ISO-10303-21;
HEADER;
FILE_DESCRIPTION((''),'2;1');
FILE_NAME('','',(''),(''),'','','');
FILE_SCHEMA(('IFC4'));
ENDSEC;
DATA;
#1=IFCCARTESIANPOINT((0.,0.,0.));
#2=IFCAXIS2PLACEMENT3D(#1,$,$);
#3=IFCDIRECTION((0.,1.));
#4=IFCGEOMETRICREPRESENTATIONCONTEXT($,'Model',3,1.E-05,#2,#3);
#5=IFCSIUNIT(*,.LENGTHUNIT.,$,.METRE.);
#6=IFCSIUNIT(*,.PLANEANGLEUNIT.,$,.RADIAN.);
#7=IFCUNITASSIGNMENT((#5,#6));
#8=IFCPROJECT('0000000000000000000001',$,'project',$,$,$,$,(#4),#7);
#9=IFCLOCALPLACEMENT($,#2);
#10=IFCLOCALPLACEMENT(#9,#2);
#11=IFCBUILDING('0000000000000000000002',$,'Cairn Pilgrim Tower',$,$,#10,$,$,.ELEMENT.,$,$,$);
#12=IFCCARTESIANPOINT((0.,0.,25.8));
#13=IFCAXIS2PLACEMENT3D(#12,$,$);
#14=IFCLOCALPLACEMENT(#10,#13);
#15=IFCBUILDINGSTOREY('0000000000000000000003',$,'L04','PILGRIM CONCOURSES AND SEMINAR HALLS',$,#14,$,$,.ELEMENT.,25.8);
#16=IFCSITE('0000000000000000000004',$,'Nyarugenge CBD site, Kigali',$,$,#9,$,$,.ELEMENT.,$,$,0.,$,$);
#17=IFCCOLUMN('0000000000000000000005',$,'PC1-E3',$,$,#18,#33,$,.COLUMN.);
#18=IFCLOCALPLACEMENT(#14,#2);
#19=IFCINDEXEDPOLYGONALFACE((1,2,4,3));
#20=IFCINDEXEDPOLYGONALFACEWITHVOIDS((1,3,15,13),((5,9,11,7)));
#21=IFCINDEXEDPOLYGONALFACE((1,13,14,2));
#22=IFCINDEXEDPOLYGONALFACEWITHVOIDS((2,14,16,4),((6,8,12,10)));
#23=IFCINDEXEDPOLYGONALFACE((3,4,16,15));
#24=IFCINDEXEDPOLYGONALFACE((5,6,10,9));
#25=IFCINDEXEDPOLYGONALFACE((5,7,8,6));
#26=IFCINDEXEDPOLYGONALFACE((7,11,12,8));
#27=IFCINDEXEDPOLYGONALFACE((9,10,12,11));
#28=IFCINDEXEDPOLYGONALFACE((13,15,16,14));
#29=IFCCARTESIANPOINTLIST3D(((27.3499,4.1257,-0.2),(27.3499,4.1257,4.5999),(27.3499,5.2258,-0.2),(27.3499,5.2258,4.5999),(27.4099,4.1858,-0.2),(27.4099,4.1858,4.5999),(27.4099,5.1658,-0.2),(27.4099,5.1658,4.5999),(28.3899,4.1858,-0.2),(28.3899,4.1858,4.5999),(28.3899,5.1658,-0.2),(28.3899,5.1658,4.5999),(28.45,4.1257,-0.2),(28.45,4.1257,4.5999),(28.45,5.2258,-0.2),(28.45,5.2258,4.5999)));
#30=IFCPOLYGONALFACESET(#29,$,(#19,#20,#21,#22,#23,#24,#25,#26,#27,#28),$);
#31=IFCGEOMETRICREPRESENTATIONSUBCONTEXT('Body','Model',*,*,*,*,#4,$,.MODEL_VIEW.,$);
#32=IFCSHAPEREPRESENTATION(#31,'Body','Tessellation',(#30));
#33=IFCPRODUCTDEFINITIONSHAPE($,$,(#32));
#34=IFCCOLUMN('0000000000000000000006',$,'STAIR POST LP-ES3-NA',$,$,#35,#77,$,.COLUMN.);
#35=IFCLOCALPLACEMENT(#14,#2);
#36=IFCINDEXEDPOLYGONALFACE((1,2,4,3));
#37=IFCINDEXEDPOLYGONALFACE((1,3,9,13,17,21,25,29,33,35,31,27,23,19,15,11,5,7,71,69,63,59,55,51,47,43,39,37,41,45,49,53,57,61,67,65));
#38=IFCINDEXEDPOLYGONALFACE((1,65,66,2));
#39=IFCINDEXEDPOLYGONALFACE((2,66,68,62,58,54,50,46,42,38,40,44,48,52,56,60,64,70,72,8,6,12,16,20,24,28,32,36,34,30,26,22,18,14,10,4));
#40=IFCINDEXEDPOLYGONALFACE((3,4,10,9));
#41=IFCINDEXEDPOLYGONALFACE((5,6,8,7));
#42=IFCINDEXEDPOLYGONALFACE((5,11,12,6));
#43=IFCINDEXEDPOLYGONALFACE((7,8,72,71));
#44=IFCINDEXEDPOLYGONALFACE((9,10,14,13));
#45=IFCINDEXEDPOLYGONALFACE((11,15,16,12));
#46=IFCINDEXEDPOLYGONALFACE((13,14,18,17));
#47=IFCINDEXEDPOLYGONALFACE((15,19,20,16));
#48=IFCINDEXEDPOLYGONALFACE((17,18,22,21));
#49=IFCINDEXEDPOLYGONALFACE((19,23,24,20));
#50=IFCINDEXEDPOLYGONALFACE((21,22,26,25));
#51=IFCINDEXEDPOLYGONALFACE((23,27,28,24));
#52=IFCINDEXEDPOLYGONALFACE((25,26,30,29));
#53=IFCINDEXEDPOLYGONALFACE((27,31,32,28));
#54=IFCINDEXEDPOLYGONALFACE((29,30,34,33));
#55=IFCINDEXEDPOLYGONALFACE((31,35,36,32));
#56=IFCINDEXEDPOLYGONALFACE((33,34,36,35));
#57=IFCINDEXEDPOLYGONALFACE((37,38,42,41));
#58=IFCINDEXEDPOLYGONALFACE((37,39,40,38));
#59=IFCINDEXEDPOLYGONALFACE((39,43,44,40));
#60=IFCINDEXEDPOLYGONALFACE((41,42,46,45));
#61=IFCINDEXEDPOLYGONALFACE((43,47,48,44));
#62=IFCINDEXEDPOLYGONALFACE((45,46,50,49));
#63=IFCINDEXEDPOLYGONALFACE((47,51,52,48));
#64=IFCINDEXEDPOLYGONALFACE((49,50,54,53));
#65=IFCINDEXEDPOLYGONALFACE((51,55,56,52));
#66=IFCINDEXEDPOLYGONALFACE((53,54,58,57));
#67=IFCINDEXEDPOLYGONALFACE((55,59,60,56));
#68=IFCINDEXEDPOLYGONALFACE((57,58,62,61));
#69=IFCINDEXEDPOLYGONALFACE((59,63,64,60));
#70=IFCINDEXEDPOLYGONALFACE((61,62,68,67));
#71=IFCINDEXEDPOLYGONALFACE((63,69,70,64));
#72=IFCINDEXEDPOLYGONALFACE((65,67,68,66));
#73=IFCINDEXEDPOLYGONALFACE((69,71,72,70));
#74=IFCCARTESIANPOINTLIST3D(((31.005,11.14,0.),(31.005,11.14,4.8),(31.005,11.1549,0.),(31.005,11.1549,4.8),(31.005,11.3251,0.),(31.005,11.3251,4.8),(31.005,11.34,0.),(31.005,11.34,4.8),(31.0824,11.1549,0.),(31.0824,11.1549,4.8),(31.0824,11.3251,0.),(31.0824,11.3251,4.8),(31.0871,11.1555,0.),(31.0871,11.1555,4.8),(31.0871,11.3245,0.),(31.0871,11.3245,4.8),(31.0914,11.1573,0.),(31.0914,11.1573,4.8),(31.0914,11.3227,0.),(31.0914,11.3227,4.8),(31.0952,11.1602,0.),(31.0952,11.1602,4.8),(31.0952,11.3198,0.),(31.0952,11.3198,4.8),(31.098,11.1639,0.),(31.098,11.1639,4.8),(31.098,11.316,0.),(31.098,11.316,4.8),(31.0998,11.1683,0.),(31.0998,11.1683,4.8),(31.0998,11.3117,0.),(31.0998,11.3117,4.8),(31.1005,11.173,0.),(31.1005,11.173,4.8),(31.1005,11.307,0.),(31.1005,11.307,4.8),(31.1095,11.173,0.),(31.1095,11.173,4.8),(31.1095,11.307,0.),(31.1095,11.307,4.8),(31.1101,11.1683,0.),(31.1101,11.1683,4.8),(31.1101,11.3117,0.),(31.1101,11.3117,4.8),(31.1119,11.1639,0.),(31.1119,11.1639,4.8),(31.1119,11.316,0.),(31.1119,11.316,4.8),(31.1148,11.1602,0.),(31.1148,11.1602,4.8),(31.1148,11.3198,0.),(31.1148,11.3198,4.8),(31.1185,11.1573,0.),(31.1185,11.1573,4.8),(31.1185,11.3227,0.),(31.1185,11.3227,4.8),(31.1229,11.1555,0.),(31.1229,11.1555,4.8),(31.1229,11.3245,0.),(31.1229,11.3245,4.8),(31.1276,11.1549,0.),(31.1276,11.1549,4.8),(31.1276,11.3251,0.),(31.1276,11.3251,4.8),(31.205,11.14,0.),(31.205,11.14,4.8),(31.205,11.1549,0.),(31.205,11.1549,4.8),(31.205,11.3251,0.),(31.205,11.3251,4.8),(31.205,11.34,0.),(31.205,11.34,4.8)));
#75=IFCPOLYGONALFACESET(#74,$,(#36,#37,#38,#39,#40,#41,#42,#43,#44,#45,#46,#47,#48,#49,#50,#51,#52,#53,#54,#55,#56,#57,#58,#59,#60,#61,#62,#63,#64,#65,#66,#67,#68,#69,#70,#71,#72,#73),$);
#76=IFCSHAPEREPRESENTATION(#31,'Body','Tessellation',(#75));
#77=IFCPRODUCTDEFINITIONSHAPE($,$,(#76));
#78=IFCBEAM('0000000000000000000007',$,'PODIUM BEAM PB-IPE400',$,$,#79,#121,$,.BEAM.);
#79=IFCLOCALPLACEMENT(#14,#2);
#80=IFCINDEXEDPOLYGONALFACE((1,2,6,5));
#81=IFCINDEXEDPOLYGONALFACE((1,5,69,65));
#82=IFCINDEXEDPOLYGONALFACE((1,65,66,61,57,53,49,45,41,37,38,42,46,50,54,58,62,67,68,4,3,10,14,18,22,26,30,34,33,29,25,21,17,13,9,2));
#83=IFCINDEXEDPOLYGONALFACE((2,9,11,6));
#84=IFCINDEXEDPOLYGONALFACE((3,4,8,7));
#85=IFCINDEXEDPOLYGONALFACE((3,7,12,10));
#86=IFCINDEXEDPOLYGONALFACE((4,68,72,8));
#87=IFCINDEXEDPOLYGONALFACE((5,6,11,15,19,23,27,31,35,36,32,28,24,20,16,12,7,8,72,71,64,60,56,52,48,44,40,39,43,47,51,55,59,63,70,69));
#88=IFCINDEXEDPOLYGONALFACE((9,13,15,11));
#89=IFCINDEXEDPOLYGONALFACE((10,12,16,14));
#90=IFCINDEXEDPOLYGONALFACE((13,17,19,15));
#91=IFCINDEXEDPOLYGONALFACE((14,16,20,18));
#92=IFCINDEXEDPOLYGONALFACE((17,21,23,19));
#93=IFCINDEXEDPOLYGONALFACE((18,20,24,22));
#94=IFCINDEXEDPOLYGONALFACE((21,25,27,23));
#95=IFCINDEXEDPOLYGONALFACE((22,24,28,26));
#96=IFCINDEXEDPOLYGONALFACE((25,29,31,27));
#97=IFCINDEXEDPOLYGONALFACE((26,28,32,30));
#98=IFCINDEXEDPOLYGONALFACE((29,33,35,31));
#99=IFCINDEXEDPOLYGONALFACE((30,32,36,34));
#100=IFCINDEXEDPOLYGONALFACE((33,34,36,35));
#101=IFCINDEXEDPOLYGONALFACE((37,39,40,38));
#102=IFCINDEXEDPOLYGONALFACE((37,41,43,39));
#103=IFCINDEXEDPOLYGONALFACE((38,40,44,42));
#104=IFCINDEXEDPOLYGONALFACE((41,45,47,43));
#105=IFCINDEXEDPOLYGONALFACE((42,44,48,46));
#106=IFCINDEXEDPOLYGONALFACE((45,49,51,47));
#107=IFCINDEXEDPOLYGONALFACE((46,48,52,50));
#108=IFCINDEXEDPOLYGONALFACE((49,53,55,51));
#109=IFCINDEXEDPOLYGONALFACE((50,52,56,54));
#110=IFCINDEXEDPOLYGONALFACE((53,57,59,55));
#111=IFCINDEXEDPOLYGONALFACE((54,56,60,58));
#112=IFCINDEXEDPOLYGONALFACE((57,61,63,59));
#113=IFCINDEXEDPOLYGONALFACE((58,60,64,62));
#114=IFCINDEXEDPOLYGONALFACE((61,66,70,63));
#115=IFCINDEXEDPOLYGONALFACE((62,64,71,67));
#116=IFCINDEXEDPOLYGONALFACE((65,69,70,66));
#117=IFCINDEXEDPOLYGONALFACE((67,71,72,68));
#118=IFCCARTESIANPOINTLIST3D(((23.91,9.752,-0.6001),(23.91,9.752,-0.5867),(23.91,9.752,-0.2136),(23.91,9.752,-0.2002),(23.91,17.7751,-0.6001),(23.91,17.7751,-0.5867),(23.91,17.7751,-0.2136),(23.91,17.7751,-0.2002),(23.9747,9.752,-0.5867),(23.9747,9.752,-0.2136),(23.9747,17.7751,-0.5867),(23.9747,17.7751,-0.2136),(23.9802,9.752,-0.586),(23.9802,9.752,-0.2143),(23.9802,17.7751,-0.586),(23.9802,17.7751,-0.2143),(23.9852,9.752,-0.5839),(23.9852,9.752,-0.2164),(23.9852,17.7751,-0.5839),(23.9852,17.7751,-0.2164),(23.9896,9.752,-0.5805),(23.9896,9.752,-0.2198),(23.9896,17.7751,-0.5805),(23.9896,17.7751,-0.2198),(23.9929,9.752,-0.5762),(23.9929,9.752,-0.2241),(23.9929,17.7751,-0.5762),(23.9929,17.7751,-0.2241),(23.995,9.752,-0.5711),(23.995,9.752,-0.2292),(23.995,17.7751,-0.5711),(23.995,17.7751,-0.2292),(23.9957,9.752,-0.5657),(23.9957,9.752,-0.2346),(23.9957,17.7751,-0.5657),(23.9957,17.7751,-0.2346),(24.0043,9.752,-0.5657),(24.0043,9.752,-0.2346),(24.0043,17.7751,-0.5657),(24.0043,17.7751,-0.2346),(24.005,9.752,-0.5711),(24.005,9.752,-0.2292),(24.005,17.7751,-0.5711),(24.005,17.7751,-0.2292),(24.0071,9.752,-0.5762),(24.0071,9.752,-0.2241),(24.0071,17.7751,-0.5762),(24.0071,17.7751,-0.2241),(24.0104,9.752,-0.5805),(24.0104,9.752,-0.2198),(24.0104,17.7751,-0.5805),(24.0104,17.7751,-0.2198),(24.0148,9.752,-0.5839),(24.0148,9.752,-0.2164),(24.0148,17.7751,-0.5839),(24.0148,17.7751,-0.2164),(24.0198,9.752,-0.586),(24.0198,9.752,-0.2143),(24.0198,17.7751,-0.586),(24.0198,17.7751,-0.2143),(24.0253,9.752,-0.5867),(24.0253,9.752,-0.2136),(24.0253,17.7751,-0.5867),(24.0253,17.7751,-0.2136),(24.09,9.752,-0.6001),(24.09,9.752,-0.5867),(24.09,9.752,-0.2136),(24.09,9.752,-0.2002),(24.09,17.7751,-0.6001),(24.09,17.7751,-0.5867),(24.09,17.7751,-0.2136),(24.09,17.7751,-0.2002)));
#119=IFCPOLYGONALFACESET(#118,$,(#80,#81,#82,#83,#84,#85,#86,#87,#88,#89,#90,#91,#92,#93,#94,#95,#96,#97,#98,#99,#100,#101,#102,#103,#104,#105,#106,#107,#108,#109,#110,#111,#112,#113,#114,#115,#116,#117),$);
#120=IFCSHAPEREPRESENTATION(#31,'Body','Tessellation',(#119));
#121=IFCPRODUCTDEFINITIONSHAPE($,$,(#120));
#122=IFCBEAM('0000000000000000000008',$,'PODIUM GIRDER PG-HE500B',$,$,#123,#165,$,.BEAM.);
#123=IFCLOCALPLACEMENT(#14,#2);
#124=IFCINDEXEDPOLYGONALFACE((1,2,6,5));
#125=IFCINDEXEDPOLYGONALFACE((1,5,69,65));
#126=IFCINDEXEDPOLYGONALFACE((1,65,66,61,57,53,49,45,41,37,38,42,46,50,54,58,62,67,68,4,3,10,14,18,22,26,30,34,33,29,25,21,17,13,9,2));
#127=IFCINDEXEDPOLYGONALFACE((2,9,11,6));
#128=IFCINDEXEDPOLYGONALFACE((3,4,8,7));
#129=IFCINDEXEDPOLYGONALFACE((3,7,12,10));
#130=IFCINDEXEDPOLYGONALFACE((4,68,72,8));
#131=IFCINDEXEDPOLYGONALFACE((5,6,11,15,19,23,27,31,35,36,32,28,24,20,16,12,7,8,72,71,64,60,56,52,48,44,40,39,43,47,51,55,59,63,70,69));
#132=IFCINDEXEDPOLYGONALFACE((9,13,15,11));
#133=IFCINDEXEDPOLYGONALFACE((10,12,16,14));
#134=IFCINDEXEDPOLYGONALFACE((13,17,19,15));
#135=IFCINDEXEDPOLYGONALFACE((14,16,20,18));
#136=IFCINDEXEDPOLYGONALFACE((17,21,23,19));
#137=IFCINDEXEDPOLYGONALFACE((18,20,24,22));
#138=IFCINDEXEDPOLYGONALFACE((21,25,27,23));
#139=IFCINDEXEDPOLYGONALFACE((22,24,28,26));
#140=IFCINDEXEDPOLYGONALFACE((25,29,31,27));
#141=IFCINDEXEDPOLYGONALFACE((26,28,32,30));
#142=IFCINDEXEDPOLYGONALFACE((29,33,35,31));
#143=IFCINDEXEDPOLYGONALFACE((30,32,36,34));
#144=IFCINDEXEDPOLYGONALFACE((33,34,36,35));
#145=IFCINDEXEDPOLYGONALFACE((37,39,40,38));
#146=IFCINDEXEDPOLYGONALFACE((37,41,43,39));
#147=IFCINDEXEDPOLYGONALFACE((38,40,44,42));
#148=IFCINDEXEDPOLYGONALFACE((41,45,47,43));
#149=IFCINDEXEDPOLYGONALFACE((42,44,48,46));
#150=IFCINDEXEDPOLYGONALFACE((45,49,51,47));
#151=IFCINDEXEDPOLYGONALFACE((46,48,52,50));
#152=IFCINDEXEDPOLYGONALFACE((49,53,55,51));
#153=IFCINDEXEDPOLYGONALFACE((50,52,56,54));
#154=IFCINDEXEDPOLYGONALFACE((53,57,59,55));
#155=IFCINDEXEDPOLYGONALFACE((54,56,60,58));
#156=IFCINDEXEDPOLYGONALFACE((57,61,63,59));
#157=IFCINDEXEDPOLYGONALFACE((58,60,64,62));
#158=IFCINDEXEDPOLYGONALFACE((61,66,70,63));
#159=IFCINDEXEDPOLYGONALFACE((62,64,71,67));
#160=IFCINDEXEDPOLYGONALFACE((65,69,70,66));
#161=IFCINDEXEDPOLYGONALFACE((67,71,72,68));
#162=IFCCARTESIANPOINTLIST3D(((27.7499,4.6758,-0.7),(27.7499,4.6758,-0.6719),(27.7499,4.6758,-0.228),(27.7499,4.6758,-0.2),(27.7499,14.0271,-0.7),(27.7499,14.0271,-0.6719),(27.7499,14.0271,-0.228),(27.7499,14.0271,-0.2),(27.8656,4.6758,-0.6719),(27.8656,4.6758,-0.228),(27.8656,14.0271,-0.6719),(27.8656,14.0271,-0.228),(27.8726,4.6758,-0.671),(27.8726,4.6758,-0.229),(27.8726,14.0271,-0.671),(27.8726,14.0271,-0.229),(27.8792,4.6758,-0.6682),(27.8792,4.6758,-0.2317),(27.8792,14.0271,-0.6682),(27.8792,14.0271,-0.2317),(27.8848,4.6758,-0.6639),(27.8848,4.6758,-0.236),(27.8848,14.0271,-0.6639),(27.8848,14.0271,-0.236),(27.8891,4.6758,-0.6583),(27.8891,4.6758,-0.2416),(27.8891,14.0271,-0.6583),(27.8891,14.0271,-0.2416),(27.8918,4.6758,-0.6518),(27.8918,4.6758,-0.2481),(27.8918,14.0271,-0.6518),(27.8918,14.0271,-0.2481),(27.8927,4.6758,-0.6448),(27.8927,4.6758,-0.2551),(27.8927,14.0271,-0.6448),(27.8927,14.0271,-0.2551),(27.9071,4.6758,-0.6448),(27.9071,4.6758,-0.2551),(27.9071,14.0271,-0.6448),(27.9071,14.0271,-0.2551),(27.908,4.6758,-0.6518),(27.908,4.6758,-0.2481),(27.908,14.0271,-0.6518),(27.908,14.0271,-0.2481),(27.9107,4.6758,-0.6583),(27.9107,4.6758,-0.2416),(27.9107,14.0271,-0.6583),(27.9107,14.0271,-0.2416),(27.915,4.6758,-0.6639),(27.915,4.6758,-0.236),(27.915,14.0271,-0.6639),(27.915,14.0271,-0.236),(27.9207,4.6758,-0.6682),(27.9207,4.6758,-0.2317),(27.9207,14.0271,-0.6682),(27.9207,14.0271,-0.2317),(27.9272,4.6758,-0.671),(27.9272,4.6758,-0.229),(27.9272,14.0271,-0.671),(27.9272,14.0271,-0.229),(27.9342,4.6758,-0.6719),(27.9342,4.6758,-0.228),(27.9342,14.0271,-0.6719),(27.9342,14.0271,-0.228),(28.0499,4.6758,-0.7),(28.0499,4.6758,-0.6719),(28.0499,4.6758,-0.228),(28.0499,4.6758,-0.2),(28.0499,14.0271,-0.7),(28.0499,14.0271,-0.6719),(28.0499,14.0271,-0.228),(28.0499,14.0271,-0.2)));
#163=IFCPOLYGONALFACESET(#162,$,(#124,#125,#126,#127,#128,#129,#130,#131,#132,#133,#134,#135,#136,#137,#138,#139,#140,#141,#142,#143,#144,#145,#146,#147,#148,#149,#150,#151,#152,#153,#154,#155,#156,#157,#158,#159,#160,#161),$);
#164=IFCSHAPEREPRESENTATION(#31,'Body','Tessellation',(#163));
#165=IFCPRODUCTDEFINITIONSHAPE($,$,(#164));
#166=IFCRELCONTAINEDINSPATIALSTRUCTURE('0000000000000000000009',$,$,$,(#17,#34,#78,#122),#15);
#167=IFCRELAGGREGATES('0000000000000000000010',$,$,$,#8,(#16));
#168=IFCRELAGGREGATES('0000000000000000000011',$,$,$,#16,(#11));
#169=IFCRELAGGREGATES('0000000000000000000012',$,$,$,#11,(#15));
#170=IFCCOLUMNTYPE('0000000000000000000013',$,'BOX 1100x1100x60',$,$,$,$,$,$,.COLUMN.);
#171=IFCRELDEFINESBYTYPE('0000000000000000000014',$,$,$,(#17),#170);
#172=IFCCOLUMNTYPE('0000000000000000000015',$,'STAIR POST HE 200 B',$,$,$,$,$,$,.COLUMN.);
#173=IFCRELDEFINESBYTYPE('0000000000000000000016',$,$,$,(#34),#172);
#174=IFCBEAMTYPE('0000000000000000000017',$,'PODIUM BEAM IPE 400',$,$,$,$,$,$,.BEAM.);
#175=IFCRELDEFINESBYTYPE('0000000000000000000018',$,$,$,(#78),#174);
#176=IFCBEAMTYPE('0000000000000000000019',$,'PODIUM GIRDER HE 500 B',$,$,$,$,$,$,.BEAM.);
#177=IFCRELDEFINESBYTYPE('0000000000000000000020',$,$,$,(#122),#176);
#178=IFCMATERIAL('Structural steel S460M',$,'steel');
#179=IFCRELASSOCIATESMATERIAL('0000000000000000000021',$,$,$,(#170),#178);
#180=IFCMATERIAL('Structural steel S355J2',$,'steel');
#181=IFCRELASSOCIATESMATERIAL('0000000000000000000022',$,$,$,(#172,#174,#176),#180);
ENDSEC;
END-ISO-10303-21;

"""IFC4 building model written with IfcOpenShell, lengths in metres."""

from ifc_helpers import new_model, si_unit, direction, frame, origin, origin_2d, place, context, subcontext, project, spatial, hollow_rectangle, i_section, extrude, material, material_profile, profile_set, type_object, element, save


model = new_model("IFC4")

# Units and contexts
model_context = context("Model", 3, precision=1e-05, world=origin(), true_north=direction((0.0, 1.0)))
body_context = subcontext(model_context, "Body", "Model", "MODEL_VIEW")
ifc_project = project(units=[si_unit("LENGTHUNIT", "METRE"), si_unit("PLANEANGLEUNIT", "RADIAN")], contexts=[model_context])

# Site, building, storey
site_placement = place(None, origin())
site = spatial("IfcSite", under=ifc_project, at=site_placement, Name="Nyarugenge CBD site, Kigali", CompositionType="ELEMENT", RefElevation=0.0)
building_placement = place(site_placement, origin())
building = spatial("IfcBuilding", under=site, at=building_placement, Name="Cairn Pilgrim Tower", CompositionType="ELEMENT")
storey_placement = place(building_placement, frame((0.0, 0.0, 25.8)))
storey = spatial("IfcBuildingStorey", under=building, at=storey_placement, Name="L04", Description="PILGRIM CONCOURSES AND SEMINAR HALLS", CompositionType="ELEMENT", Elevation=25.8)

# Columns
ifc_material_1 = material(Name="Structural steel S460M", Category="steel")
ifc_material_profile_1 = material_profile(ifc_material_1, hollow_rectangle(XDim=1.1001, YDim=1.1001, WallThickness=0.0601, at=origin_2d()), Name="BOX 1100x1100x60")
ifc_profile_set_1 = profile_set([ifc_material_profile_1], Name="Structural steel S460M")
column_type_1 = type_object("IfcColumnType", Name="BOX 1100x1100x60", PredefinedType="COLUMN", material=ifc_profile_set_1)
column_1_placement = place(storey_placement, frame((27.8999, 4.6758, -0.2), z_axis=(0.0, 0.0, 1.0), x_axis=(1.0, 0.0, 0.0)))
element("IfcColumn", 1, at=column_1_placement, inside=storey, type_object=column_type_1, Name="PC1-E3", PredefinedType="COLUMN", context=body_context, shape_type="SweptSolid", body=[
    extrude(hollow_rectangle(XDim=1.1001, YDim=1.1001, WallThickness=0.0601, at=origin_2d()), origin(), (0.0, 0.0, 1.0), 4.7998),
])
ifc_material_2 = material(Name="Structural steel S355J2", Category="steel")
ifc_material_profile_2 = material_profile(ifc_material_2, i_section(OverallWidth=0.2, OverallDepth=0.2, WebThickness=0.009, FlangeThickness=0.0149, FilletRadius=0.0181, at=origin_2d()), Name="HE 200 B")
ifc_profile_set_2 = profile_set([ifc_material_profile_2], Name="Structural steel S355J2")
column_type_2 = type_object("IfcColumnType", Name="STAIR POST HE 200 B", PredefinedType="COLUMN", material=ifc_profile_set_2)
column_2_placement = place(storey_placement, frame((31.105, 11.24, 0.0), z_axis=(0.0, 0.0, 1.0), x_axis=(1.0, 0.0, 0.0)))
element("IfcColumn", 2, at=column_2_placement, inside=storey, type_object=column_type_2, Name="STAIR POST LP-ES3-NA", PredefinedType="COLUMN", context=body_context, shape_type="SweptSolid", body=[
    extrude(i_section(OverallWidth=0.2, OverallDepth=0.2, WebThickness=0.009, FlangeThickness=0.0149, FilletRadius=0.0181, at=origin_2d()), origin(), (0.0, 0.0, 1.0), 4.8),
])

# Beams
ifc_material_profile_3 = material_profile(ifc_material_2, i_section(OverallWidth=0.1799, OverallDepth=0.3999, WebThickness=0.0085, FlangeThickness=0.0134, FilletRadius=0.021, at=origin_2d()), Name="IPE 400")
ifc_profile_set_3 = profile_set([ifc_material_profile_3], Name="Structural steel S355J2")
beam_type_1 = type_object("IfcBeamType", Name="PODIUM BEAM IPE 400", PredefinedType="BEAM", material=ifc_profile_set_3)
beam_1_placement = place(storey_placement, frame((24.0, 9.752, -0.4001), z_axis=(0.0, 1.0, 0.0), x_axis=(-1.0, 0.0, 0.0)))
element("IfcBeam", 3, at=beam_1_placement, inside=storey, type_object=beam_type_1, Name="PODIUM BEAM PB-IPE400", PredefinedType="BEAM", context=body_context, shape_type="SweptSolid", body=[
    extrude(i_section(OverallWidth=0.1799, OverallDepth=0.3999, WebThickness=0.0085, FlangeThickness=0.0134, FilletRadius=0.021, at=origin_2d()), origin(), (0.0, 0.0, 1.0), 8.0232),
])
ifc_material_profile_4 = material_profile(ifc_material_2, i_section(OverallWidth=0.3, OverallDepth=0.5, WebThickness=0.0144, FlangeThickness=0.0281, FilletRadius=0.0271, at=origin_2d()), Name="HEB 500")
ifc_profile_set_4 = profile_set([ifc_material_profile_4], Name="Structural steel S355J2")
beam_type_2 = type_object("IfcBeamType", Name="PODIUM GIRDER HE 500 B", PredefinedType="BEAM", material=ifc_profile_set_4)
beam_2_placement = place(storey_placement, frame((27.8999, 4.6758, -0.45), z_axis=(0.0, 1.0, 0.0), x_axis=(-1.0, 0.0, 0.0)))
element("IfcBeam", 4, at=beam_2_placement, inside=storey, type_object=beam_type_2, Name="PODIUM GIRDER PG-HE500B", PredefinedType="BEAM", context=body_context, shape_type="SweptSolid", body=[
    extrude(i_section(OverallWidth=0.3, OverallDepth=0.5, WebThickness=0.0144, FlangeThickness=0.0281, FilletRadius=0.0271, at=origin_2d()), origin(), (0.0, 0.0, 1.0), 9.3513),
])

save(model, "model.ifc")
